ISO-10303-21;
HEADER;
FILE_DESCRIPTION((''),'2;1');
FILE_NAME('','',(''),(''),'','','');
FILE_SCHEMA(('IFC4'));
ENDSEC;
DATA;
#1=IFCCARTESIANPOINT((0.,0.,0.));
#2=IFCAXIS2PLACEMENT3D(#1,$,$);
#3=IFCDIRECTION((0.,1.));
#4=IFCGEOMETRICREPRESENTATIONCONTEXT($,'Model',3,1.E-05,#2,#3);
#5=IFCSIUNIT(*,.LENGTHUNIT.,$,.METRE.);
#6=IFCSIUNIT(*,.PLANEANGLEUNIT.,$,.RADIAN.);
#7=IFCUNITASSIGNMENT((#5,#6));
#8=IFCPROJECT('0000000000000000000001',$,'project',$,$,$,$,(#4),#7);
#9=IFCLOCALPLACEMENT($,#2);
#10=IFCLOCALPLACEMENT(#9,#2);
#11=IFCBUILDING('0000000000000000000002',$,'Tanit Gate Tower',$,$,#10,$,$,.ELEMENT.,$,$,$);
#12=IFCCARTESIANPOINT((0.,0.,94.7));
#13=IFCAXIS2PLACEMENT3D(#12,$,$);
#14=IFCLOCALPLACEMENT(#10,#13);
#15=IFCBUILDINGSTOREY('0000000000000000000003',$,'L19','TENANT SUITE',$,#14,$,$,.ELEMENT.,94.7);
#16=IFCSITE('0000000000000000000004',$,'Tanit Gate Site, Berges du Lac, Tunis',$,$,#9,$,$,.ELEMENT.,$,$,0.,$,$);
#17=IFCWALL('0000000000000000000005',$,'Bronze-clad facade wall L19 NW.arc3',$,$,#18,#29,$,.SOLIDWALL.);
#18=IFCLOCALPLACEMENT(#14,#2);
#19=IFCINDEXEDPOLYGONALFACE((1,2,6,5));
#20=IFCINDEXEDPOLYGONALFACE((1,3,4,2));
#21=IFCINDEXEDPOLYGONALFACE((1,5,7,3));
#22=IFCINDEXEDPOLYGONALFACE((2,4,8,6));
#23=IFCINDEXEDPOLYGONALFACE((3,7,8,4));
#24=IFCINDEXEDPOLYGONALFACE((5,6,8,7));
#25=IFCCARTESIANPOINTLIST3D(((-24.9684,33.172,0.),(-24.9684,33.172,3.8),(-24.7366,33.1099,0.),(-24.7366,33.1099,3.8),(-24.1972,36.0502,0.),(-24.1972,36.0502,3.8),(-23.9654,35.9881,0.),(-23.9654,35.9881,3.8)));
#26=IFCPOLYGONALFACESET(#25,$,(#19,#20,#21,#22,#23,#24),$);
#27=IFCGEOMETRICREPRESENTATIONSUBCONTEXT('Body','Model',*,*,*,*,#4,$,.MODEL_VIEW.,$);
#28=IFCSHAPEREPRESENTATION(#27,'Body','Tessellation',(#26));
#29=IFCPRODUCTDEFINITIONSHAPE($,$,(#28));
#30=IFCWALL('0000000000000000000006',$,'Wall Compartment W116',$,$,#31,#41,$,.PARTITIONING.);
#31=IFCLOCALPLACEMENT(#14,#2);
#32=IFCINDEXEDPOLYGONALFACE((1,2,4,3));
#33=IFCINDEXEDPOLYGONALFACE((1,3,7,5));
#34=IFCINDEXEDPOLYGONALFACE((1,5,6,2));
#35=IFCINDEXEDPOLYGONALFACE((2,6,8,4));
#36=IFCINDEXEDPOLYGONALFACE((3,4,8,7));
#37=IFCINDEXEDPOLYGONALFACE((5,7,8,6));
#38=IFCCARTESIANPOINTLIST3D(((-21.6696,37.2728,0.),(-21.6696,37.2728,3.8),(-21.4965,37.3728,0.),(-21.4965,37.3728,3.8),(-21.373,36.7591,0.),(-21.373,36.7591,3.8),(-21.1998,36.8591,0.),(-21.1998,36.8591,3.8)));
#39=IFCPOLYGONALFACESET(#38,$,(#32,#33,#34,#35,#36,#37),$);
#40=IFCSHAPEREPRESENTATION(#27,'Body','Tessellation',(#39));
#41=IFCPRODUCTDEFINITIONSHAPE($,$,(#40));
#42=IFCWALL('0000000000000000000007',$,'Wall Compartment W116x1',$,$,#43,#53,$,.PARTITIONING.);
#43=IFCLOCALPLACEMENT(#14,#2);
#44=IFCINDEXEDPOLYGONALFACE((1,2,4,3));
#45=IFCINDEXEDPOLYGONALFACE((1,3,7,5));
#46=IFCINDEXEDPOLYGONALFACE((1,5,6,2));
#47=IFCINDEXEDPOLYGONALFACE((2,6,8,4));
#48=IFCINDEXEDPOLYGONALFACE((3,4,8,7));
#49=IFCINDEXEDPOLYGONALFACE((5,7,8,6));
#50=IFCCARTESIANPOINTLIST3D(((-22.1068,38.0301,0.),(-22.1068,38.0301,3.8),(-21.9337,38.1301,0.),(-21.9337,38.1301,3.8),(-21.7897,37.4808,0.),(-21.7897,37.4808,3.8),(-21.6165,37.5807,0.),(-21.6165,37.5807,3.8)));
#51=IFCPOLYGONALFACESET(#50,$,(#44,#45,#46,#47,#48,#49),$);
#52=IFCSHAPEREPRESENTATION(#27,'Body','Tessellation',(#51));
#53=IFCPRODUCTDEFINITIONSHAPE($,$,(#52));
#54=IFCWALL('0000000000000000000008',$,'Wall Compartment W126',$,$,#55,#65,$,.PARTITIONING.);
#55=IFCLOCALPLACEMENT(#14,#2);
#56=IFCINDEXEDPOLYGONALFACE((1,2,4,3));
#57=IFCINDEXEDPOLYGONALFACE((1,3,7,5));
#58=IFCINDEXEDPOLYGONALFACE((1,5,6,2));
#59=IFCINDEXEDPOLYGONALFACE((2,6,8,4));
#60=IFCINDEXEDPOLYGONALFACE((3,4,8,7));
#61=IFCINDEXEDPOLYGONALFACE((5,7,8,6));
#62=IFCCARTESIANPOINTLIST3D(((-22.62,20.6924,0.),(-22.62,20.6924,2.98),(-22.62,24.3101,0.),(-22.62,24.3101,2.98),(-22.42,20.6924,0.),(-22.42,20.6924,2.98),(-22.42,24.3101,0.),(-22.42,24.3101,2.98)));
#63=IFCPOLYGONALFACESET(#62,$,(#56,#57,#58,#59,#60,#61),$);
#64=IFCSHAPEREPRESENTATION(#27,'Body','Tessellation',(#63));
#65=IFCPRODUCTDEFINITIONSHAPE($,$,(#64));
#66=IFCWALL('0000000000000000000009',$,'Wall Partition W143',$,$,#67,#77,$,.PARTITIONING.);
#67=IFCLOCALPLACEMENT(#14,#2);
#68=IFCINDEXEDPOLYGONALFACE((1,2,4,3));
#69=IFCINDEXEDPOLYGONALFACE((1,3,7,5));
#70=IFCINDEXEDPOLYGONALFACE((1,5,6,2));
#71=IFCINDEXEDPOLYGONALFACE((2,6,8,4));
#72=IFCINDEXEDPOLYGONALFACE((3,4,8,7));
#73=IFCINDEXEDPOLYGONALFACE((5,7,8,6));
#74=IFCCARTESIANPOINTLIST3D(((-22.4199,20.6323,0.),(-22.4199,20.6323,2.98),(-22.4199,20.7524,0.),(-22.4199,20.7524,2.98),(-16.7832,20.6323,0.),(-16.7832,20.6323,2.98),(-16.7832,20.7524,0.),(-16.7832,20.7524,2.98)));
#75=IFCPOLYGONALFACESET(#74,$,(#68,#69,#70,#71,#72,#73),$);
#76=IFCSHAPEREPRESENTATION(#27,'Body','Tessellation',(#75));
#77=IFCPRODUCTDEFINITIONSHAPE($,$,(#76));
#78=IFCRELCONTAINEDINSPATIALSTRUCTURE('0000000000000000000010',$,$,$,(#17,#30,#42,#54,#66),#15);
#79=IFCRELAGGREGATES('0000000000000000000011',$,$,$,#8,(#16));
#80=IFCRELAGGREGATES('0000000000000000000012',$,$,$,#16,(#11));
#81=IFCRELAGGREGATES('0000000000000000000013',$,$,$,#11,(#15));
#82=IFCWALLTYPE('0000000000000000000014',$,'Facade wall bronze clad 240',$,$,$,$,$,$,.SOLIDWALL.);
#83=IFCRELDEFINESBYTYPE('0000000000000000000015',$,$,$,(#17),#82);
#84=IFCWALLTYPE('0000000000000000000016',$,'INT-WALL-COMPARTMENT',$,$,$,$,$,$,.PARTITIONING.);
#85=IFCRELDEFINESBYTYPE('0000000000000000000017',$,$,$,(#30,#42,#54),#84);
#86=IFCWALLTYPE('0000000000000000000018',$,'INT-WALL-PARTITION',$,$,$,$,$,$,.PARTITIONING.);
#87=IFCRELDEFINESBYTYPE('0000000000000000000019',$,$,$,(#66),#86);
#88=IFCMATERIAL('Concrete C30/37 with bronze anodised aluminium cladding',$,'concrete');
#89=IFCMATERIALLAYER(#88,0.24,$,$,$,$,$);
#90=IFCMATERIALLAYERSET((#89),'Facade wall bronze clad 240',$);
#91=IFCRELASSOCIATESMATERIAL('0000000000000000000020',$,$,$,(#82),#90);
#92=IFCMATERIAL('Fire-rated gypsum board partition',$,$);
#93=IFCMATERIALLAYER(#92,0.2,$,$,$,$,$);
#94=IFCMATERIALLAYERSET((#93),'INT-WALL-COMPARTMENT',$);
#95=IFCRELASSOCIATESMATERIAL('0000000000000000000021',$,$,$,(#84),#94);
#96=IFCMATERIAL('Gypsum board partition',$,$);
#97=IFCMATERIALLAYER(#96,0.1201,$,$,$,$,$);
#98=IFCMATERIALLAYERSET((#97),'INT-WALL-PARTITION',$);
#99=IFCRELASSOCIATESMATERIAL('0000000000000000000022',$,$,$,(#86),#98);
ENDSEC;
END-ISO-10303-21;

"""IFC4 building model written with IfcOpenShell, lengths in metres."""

from ifc_helpers import new_model, si_unit, direction, frame, frame_2d, origin, place, context, subcontext, project, spatial, rectangle, extrude, material, layer, layer_set, type_object, element, save


model = new_model("IFC4")

# Units and contexts
model_context = context("Model", 3, precision=1e-05, world=origin(), true_north=direction((0.0, 1.0)))
body_context = subcontext(model_context, "Body", "Model", "MODEL_VIEW")
ifc_project = project(units=[si_unit("LENGTHUNIT", "METRE"), si_unit("PLANEANGLEUNIT", "RADIAN")], contexts=[model_context])

# Site, building, storey
site_placement = place(None, origin())
site = spatial("IfcSite", under=ifc_project, at=site_placement, Name="Tanit Gate Site, Berges du Lac, Tunis", CompositionType="ELEMENT", RefElevation=0.0)
building_placement = place(site_placement, origin())
building = spatial("IfcBuilding", under=site, at=building_placement, Name="Tanit Gate Tower", CompositionType="ELEMENT")
storey_placement = place(building_placement, frame((0.0, 0.0, 94.7)))
storey = spatial("IfcBuildingStorey", under=building, at=storey_placement, Name="L19", Description="TENANT SUITE", CompositionType="ELEMENT", Elevation=94.7)

# Walls
ifc_material_1 = material(Name="Concrete C30/37 with bronze anodised aluminium cladding", Category="concrete")
ifc_layer_1 = layer(ifc_material_1, 0.24)
ifc_layer_set_1 = layer_set([ifc_layer_1], Name="Facade wall bronze clad 240")
wall_type_1 = type_object("IfcWallType", Name="Facade wall bronze clad 240", PredefinedType="SOLIDWALL", material=ifc_layer_set_1)
wall_1_placement = place(storey_placement, frame((-24.0813, 36.019, 0.0), z_axis=(0.0, 0.0, 1.0), x_axis=(-0.25883, -0.965923, 0.0)))
element("IfcWall", 1, at=wall_1_placement, inside=storey, type_object=wall_type_1, Name="Bronze-clad facade wall L19 NW.arc3", PredefinedType="SOLIDWALL", context=body_context, shape_type="SweptSolid", body=[
    extrude(rectangle(XDim=2.9797, YDim=0.24, at=frame_2d((1.4897, 0.0))), origin(), (0.0, 0.0, 1.0), 3.8),
])
ifc_material_2 = material(Name="Fire-rated gypsum board partition")
ifc_layer_2 = layer(ifc_material_2, 0.2)
ifc_layer_set_2 = layer_set([ifc_layer_2], Name="INT-WALL-COMPARTMENT")
wall_type_2 = type_object("IfcWallType", Name="INT-WALL-COMPARTMENT", PredefinedType="PARTITIONING", material=ifc_layer_set_2)
wall_2_placement = place(storey_placement, frame((-21.2864, 36.8091, 0.0), z_axis=(0.0, 0.0, 1.0), x_axis=(-0.500079, 0.86598, 0.0)))
element("IfcWall", 2, at=wall_2_placement, inside=storey, type_object=wall_type_2, Name="Wall Compartment W116", PredefinedType="PARTITIONING", context=body_context, shape_type="SweptSolid", body=[
    extrude(rectangle(XDim=0.5933, YDim=0.2, at=frame_2d((0.2966, 0.0))), origin(), (0.0, 0.0, 1.0), 3.8),
])
wall_3_placement = place(storey_placement, frame((-21.7031, 37.5308, 0.0), z_axis=(0.0, 0.0, 1.0), x_axis=(-0.499989, 0.866032, 0.0)))
element("IfcWall", 3, at=wall_3_placement, inside=storey, type_object=wall_type_2, Name="Wall Compartment W116x1", PredefinedType="PARTITIONING", context=body_context, shape_type="SweptSolid", body=[
    extrude(rectangle(XDim=0.6343, YDim=0.2, at=frame_2d((0.3171, 0.0))), origin(), (0.0, 0.0, 1.0), 3.8),
])
wall_4_placement = place(storey_placement, frame((-22.52, 20.6924, 0.0), z_axis=(0.0, 0.0, 1.0), x_axis=(0.0, 1.0, 0.0)))
element("IfcWall", 4, at=wall_4_placement, inside=storey, type_object=wall_type_2, Name="Wall Compartment W126", PredefinedType="PARTITIONING", context=body_context, shape_type="SweptSolid", body=[
    extrude(rectangle(XDim=3.6177, YDim=0.2, at=frame_2d((1.8088, 0.0))), origin(), (0.0, 0.0, 1.0), 2.98),
])
ifc_material_3 = material(Name="Gypsum board partition")
ifc_layer_3 = layer(ifc_material_3, 0.1201)
ifc_layer_set_3 = layer_set([ifc_layer_3], Name="INT-WALL-PARTITION")
wall_type_3 = type_object("IfcWallType", Name="INT-WALL-PARTITION", PredefinedType="PARTITIONING", material=ifc_layer_set_3)
wall_5_placement = place(storey_placement, frame((-22.4199, 20.6924, 0.0), z_axis=(0.0, 0.0, 1.0), x_axis=(1.0, 0.0, 0.0)))
element("IfcWall", 5, at=wall_5_placement, inside=storey, type_object=wall_type_3, Name="Wall Partition W143", PredefinedType="PARTITIONING", context=body_context, shape_type="SweptSolid", body=[
    extrude(rectangle(XDim=5.6367, YDim=0.1201, at=frame_2d((2.8184, 0.0))), origin(), (0.0, 0.0, 1.0), 2.98),
])

save(model, "model.ifc")
